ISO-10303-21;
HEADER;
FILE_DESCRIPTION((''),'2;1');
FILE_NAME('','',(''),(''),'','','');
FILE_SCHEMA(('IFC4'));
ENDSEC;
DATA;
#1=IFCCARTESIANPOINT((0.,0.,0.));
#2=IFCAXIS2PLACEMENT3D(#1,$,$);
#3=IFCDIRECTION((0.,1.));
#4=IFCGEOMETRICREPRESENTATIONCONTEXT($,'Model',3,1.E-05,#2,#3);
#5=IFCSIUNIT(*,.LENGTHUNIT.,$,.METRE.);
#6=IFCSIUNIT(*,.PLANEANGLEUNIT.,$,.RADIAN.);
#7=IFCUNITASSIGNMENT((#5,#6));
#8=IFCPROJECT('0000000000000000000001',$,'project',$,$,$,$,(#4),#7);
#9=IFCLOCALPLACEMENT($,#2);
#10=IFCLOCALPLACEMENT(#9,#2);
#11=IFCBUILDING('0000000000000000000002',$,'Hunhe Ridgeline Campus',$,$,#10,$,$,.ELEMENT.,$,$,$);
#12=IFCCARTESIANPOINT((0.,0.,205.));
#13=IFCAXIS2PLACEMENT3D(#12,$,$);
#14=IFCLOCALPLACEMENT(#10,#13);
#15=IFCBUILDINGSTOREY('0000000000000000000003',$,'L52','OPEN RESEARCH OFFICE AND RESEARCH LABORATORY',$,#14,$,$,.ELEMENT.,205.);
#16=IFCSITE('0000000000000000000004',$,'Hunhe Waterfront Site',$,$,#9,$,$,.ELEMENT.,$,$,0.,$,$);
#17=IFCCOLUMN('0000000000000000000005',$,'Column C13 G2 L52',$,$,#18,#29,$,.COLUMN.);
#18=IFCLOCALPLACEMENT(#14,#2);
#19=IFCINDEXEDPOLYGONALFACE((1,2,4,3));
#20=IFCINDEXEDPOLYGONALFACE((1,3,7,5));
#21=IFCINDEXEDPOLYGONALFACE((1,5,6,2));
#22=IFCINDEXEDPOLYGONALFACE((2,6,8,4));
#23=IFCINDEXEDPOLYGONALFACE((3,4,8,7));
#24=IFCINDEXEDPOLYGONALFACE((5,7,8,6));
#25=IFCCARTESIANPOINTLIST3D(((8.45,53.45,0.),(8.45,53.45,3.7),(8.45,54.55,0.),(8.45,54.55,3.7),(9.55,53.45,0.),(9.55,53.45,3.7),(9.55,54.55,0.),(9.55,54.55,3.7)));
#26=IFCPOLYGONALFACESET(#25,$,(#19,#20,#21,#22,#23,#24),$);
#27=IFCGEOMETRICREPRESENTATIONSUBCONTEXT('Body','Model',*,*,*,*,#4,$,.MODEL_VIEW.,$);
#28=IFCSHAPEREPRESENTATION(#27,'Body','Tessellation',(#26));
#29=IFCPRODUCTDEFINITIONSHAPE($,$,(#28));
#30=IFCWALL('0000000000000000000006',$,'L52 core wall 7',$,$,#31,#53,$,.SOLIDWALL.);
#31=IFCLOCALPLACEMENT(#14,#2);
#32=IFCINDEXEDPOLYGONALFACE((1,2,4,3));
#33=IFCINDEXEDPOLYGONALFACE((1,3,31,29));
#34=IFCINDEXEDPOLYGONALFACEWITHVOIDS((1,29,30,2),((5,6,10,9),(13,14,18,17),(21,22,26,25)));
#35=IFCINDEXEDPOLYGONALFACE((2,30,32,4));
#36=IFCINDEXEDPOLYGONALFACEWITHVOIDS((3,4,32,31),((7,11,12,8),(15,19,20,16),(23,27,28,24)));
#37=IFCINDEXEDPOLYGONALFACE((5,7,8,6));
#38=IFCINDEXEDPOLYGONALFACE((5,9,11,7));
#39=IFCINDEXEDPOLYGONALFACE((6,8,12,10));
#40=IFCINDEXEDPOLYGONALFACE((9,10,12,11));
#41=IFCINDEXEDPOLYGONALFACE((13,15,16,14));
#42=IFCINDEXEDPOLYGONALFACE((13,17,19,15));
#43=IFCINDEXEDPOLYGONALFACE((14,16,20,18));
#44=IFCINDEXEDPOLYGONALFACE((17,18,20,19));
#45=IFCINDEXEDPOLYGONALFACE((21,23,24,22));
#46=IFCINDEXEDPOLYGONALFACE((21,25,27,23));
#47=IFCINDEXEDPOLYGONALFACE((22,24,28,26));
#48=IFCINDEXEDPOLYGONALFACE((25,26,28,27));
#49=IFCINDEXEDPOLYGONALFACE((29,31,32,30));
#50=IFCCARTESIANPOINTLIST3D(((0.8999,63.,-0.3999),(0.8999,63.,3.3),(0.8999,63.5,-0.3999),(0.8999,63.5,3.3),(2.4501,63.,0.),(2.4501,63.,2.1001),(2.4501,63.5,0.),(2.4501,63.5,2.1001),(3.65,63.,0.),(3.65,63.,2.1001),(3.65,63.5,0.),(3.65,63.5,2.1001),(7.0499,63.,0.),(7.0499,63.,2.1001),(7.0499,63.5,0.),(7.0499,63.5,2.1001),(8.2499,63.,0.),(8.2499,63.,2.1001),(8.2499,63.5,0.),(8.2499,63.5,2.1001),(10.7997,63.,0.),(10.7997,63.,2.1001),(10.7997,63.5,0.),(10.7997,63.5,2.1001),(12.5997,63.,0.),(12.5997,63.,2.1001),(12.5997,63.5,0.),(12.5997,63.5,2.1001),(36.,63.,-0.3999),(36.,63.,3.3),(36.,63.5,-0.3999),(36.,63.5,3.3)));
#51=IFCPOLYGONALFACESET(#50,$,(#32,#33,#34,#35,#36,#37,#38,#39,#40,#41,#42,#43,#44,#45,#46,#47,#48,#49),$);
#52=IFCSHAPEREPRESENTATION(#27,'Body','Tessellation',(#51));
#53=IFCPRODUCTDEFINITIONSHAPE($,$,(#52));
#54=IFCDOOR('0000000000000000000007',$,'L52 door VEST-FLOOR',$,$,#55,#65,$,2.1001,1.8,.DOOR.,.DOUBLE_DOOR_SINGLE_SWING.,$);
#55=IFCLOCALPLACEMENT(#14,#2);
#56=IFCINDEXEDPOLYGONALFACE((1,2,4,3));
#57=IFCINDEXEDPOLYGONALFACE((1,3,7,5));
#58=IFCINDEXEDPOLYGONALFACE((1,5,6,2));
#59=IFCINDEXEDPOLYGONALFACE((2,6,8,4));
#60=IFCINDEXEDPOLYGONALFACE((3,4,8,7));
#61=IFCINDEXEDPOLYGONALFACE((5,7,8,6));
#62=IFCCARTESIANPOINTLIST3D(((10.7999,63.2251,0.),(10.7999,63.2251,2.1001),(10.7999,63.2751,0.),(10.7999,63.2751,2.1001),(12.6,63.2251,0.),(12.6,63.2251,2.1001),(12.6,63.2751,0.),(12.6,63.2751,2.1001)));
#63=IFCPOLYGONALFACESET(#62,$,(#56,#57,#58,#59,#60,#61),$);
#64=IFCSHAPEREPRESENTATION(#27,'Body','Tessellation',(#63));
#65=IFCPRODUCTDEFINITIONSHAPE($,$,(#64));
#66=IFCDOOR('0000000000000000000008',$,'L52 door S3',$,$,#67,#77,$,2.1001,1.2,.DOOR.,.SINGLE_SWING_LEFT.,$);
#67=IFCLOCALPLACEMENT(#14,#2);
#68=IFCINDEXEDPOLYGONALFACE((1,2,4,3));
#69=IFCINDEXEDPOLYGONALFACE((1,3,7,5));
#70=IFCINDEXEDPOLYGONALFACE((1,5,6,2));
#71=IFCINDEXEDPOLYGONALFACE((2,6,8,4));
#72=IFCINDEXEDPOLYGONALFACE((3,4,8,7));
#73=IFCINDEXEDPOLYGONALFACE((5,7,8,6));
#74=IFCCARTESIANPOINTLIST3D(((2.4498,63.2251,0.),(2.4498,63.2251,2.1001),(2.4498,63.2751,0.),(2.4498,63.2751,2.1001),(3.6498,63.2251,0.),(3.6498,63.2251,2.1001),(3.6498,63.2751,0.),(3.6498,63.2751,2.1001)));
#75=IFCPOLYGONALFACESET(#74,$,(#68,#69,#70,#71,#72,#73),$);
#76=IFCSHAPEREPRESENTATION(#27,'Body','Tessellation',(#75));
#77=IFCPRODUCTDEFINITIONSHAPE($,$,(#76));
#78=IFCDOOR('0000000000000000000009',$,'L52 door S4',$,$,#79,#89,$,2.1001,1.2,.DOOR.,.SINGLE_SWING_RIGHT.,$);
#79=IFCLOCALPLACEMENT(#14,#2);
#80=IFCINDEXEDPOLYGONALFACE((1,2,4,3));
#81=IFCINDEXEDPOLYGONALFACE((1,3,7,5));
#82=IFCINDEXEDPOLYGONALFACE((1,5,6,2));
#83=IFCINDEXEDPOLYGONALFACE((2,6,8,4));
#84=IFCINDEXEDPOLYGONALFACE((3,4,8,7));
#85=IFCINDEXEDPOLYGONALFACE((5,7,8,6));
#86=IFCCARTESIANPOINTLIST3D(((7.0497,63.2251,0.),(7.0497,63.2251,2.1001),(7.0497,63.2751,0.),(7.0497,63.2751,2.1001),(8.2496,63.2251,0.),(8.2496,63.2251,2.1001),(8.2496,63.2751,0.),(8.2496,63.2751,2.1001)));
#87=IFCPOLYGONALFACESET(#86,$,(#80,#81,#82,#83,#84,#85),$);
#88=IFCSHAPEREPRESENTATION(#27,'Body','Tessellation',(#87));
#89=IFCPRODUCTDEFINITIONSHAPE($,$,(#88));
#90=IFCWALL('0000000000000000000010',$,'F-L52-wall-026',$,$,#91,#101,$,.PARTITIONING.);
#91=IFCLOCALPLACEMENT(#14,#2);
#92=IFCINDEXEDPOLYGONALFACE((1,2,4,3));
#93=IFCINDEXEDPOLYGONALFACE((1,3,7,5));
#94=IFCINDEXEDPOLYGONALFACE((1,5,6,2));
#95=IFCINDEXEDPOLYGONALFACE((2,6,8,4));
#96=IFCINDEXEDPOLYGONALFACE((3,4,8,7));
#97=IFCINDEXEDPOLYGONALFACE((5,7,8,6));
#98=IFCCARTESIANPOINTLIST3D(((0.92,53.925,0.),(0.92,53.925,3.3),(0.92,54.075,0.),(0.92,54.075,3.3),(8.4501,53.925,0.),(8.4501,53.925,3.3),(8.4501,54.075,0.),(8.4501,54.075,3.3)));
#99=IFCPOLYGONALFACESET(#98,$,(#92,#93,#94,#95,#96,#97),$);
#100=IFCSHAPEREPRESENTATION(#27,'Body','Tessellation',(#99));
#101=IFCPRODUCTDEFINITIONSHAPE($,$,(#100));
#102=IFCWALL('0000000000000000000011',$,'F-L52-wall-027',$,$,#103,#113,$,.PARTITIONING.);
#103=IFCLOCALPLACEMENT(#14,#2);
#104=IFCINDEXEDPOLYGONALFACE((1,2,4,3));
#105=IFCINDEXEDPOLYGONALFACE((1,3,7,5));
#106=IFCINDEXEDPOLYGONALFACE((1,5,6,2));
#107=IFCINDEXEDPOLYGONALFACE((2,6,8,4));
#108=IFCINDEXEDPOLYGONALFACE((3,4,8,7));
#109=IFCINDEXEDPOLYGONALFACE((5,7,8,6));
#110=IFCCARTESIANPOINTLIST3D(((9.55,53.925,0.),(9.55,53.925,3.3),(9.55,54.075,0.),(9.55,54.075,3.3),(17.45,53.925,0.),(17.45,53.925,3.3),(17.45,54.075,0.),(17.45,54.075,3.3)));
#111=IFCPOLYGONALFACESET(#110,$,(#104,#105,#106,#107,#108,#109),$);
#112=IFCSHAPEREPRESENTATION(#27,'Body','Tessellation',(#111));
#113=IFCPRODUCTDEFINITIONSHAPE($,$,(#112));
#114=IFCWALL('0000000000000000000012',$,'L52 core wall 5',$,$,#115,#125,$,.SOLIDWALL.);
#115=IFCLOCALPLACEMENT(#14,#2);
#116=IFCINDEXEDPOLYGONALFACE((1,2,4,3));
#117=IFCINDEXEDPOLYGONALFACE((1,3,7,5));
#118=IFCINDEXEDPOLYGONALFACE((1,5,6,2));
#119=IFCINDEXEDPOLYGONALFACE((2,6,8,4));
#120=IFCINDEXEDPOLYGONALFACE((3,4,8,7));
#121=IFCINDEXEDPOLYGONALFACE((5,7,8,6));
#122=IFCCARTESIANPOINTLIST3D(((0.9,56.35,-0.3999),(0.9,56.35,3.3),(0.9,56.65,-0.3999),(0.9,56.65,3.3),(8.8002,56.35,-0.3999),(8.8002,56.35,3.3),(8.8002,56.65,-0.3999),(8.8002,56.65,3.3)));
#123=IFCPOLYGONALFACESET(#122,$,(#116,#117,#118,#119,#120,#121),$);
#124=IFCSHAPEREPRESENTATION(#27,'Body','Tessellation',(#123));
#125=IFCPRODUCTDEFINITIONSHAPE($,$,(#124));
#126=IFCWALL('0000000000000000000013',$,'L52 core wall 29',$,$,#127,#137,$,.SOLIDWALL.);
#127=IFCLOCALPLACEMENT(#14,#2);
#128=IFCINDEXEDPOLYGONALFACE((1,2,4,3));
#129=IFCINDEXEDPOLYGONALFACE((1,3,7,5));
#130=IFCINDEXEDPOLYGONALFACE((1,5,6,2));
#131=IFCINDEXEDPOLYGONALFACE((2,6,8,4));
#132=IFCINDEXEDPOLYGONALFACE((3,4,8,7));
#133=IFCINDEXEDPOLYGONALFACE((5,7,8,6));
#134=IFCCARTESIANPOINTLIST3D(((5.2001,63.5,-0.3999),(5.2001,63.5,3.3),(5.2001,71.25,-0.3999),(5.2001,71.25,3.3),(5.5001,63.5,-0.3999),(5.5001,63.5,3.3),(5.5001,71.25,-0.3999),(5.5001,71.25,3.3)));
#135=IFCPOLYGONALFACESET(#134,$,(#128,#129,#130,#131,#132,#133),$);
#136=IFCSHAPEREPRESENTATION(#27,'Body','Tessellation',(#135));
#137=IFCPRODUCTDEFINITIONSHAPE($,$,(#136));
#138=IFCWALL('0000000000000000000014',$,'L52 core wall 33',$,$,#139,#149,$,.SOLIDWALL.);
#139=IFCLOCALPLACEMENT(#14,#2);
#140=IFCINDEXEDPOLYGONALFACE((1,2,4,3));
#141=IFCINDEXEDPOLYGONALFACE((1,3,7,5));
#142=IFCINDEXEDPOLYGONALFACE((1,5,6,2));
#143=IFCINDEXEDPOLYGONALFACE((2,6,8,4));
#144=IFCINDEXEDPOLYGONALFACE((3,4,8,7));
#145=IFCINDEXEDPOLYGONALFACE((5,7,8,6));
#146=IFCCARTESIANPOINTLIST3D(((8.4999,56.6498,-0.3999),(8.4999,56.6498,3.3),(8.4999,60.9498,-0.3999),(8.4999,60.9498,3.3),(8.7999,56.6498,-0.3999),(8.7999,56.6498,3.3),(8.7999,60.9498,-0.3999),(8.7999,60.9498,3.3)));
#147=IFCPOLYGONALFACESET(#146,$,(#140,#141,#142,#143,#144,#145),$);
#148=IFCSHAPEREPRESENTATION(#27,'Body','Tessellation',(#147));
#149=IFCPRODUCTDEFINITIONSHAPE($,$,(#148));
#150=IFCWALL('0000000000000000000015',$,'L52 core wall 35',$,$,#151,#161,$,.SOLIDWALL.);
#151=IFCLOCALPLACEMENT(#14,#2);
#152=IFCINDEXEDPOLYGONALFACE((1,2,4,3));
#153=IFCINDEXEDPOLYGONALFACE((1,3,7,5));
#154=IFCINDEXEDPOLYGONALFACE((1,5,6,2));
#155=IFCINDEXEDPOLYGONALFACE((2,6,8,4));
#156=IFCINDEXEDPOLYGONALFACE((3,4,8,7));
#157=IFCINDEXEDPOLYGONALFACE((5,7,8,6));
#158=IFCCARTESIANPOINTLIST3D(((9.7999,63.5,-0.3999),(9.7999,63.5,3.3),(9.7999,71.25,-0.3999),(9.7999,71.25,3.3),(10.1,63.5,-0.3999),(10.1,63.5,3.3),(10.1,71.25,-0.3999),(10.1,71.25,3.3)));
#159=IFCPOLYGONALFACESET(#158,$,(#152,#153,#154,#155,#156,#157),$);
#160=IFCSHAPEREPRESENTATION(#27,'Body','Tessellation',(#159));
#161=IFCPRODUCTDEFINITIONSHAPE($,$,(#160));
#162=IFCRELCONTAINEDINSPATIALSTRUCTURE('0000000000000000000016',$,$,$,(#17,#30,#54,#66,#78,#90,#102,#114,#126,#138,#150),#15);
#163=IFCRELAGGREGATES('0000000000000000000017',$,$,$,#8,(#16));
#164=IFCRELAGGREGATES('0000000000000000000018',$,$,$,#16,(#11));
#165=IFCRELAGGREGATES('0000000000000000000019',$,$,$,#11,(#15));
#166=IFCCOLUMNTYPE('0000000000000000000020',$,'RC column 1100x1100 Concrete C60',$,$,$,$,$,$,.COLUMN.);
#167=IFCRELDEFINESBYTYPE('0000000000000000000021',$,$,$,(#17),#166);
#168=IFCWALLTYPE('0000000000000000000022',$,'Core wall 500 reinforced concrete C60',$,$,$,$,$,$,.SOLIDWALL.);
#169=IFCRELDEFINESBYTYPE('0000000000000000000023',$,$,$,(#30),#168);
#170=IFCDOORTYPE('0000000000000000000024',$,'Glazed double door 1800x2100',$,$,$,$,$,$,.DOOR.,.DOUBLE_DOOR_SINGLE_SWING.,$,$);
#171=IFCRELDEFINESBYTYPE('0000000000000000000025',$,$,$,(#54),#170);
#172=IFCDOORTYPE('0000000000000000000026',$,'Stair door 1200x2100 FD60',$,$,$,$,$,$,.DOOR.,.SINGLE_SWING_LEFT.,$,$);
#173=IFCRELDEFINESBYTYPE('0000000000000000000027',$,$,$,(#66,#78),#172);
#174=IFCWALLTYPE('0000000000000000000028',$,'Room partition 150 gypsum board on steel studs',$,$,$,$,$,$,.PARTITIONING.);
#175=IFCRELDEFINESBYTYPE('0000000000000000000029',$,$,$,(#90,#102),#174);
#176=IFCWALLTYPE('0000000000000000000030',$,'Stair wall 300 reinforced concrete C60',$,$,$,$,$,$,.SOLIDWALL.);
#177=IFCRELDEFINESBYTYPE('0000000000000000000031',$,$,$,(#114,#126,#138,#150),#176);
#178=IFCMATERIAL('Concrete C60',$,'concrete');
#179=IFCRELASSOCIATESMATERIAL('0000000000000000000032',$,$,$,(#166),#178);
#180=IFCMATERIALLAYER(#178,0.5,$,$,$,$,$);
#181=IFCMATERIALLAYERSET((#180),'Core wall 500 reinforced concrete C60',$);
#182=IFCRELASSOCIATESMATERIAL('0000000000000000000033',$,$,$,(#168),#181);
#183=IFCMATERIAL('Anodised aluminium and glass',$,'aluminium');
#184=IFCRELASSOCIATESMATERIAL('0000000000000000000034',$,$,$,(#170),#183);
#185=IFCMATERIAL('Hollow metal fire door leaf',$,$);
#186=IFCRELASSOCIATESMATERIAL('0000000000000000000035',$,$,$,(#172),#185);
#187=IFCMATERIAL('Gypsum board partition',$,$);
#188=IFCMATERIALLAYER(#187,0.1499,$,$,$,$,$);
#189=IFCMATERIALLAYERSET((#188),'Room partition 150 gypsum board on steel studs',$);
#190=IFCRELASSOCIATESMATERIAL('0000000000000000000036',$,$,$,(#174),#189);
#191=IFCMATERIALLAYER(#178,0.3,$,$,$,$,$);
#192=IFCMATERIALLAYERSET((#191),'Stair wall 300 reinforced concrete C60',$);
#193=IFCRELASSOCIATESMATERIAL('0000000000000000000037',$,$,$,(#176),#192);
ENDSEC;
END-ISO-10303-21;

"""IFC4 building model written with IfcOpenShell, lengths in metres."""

from ifc_helpers import new_model, si_unit, direction, frame, frame_2d, origin, origin_2d, place, context, subcontext, project, spatial, rectangle, extrude, material, layer, layer_set, material_profile, profile_set, type_object, element, fill, save


model = new_model("IFC4")

# Units and contexts
model_context = context("Model", 3, precision=1e-05, world=origin(), true_north=direction((0.0, 1.0)))
body_context = subcontext(model_context, "Body", "Model", "MODEL_VIEW")
ifc_project = project(units=[si_unit("LENGTHUNIT", "METRE"), si_unit("PLANEANGLEUNIT", "RADIAN")], contexts=[model_context])

# Site, building, storey
site_placement = place(None, origin())
site = spatial("IfcSite", under=ifc_project, at=site_placement, Name="Hunhe Waterfront Site", CompositionType="ELEMENT", RefElevation=0.0)
building_placement = place(site_placement, origin())
building = spatial("IfcBuilding", under=site, at=building_placement, Name="Hunhe Ridgeline Campus", CompositionType="ELEMENT")
storey_placement = place(building_placement, frame((0.0, 0.0, 205.0)))
storey = spatial("IfcBuildingStorey", under=building, at=storey_placement, Name="L52", Description="OPEN RESEARCH OFFICE AND RESEARCH LABORATORY", CompositionType="ELEMENT", Elevation=205.0)

# Column
ifc_material_1 = material(Name="Concrete C60", Category="concrete")
ifc_material_profile = material_profile(ifc_material_1, rectangle(XDim=1.1001, YDim=1.1001, at=origin_2d()))
ifc_profile_set = profile_set([ifc_material_profile], Name="Concrete C60")
column_type = type_object("IfcColumnType", Name="RC column 1100x1100 Concrete C60", PredefinedType="COLUMN", material=ifc_profile_set)
column_placement = place(storey_placement, frame((9.0, 54.0, 0.0), z_axis=(0.0, 0.0, 1.0), x_axis=(1.0, 0.0, 0.0)))
element("IfcColumn", 1, at=column_placement, inside=storey, type_object=column_type, Name="Column C13 G2 L52", PredefinedType="COLUMN", context=body_context, shape_type="SweptSolid", body=[
    extrude(rectangle(XDim=1.1001, YDim=1.1001, at=origin_2d()), origin(), (0.0, 0.0, 1.0), 3.7),
])

# Wall, openings, doors
ifc_layer_1 = layer(ifc_material_1, 0.5)
ifc_layer_set_1 = layer_set([ifc_layer_1], Name="Core wall 500 reinforced concrete C60")
wall_type_1 = type_object("IfcWallType", Name="Core wall 500 reinforced concrete C60", PredefinedType="SOLIDWALL", material=ifc_layer_set_1)
wall_1_placement = place(storey_placement, frame((0.8999, 63.25, -0.3999), z_axis=(0.0, 0.0, 1.0), x_axis=(1.0, 0.0, 0.0)))
wall_1 = element("IfcWall", 2, at=wall_1_placement, inside=storey, type_object=wall_type_1, Name="L52 core wall 7", PredefinedType="SOLIDWALL", context=body_context, shape_type="SweptSolid", body=[
    extrude(rectangle(XDim=35.1001, YDim=0.5, at=frame_2d((17.55, 0.0))), origin(), (0.0, 0.0, 1.0), 3.7),
])
opening_1_placement = place(wall_1_placement, frame((9.8999, 0.0, 0.3999)))
opening_1 = element("IfcOpeningElement", 3, at=opening_1_placement, cuts=wall_1, PredefinedType="OPENING", context=body_context, shape_type="SweptSolid", body=[
    extrude(rectangle(XDim=1.8, YDim=2.1001, at=frame_2d((0.8999, 1.05))), frame((0.0, 0.25, 0.0), z_axis=(0.0, -1.0, 0.0), x_axis=(1.0, 0.0, 0.0)), (0.0, 0.0, 1.0), 0.5),
])
opening_2_placement = place(wall_1_placement, frame((1.55, 0.0, 0.3999)))
opening_2 = element("IfcOpeningElement", 4, at=opening_2_placement, cuts=wall_1, PredefinedType="OPENING", context=body_context, shape_type="SweptSolid", body=[
    extrude(rectangle(XDim=1.2, YDim=2.1001, at=frame_2d((0.6001, 1.05))), frame((0.0, 0.25, 0.0), z_axis=(0.0, -1.0, 0.0), x_axis=(1.0, 0.0, 0.0)), (0.0, 0.0, 1.0), 0.5),
])
opening_3_placement = place(wall_1_placement, frame((6.1499, 0.0, 0.3999)))
opening_3 = element("IfcOpeningElement", 5, at=opening_3_placement, cuts=wall_1, PredefinedType="OPENING", context=body_context, shape_type="SweptSolid", body=[
    extrude(rectangle(XDim=1.2, YDim=2.1001, at=frame_2d((0.6001, 1.05))), frame((0.0, 0.25, 0.0), z_axis=(0.0, -1.0, 0.0), x_axis=(1.0, 0.0, 0.0)), (0.0, 0.0, 1.0), 0.5),
])
ifc_material_2 = material(Name="Anodised aluminium and glass", Category="aluminium")
door_type_1 = type_object("IfcDoorType", Name="Glazed double door 1800x2100", OperationType="DOUBLE_DOOR_SINGLE_SWING", PredefinedType="DOOR", material=ifc_material_2)
door_1_placement = place(opening_1_placement, frame((1.8, 0.0, 0.0), z_axis=(0.0, 0.0, 1.0), x_axis=(-1.0, 0.0, 0.0)))
door_1 = element("IfcDoor", 6, at=door_1_placement, inside=storey, type_object=door_type_1, Name="L52 door VEST-FLOOR", OperationType="DOUBLE_DOOR_SINGLE_SWING", OverallHeight=2.1001, OverallWidth=1.8, PredefinedType="DOOR", context=body_context, shape_type="SweptSolid", body=[
    extrude(rectangle(XDim=1.8, YDim=2.1001, at=frame_2d((0.8999, 1.05))), frame((0.0, 0.0249, 0.0), z_axis=(0.0, -1.0, 0.0), x_axis=(1.0, 0.0, 0.0)), (0.0, 0.0, 1.0), 0.05),
])
fill(opening_1, door_1)
ifc_material_3 = material(Name="Hollow metal fire door leaf")
door_type_2 = type_object("IfcDoorType", Name="Stair door 1200x2100 FD60", OperationType="SINGLE_SWING_LEFT", PredefinedType="DOOR", material=ifc_material_3)
door_2_placement = place(opening_2_placement, frame((1.2, 0.0, 0.0), z_axis=(0.0, 0.0, 1.0), x_axis=(-1.0, 0.0, 0.0)))
door_2 = element("IfcDoor", 7, at=door_2_placement, inside=storey, type_object=door_type_2, Name="L52 door S3", OperationType="SINGLE_SWING_LEFT", OverallHeight=2.1001, OverallWidth=1.2, PredefinedType="DOOR", context=body_context, shape_type="SweptSolid", body=[
    extrude(rectangle(XDim=1.2, YDim=2.1001, at=frame_2d((0.6001, 1.05))), frame((0.0, 0.0249, 0.0), z_axis=(0.0, -1.0, 0.0), x_axis=(1.0, 0.0, 0.0)), (0.0, 0.0, 1.0), 0.05),
])
fill(opening_2, door_2)
door_3_placement = place(opening_3_placement, frame((1.2, 0.0, 0.0), z_axis=(0.0, 0.0, 1.0), x_axis=(-1.0, 0.0, 0.0)))
door_3 = element("IfcDoor", 8, at=door_3_placement, inside=storey, type_object=door_type_2, Name="L52 door S4", OperationType="SINGLE_SWING_RIGHT", OverallHeight=2.1001, OverallWidth=1.2, PredefinedType="DOOR", context=body_context, shape_type="SweptSolid", body=[
    extrude(rectangle(XDim=1.2, YDim=2.1001, at=frame_2d((0.6001, 1.05))), frame((0.0, 0.0249, 0.0), z_axis=(0.0, -1.0, 0.0), x_axis=(1.0, 0.0, 0.0)), (0.0, 0.0, 1.0), 0.05),
])
fill(opening_3, door_3)

# Walls
ifc_material_4 = material(Name="Gypsum board partition")
ifc_layer_2 = layer(ifc_material_4, 0.1499)
ifc_layer_set_2 = layer_set([ifc_layer_2], Name="Room partition 150 gypsum board on steel studs")
wall_type_2 = type_object("IfcWallType", Name="Room partition 150 gypsum board on steel studs", PredefinedType="PARTITIONING", material=ifc_layer_set_2)
wall_2_placement = place(storey_placement, frame((0.9199, 54.0, 0.0), z_axis=(0.0, 0.0, 1.0), x_axis=(1.0, 0.0, 0.0)))
element("IfcWall", 9, at=wall_2_placement, inside=storey, type_object=wall_type_2, Name="F-L52-wall-026", PredefinedType="PARTITIONING", context=body_context, shape_type="SweptSolid", body=[
    extrude(rectangle(XDim=7.53, YDim=0.1499, at=frame_2d((3.7651, 0.0))), origin(), (0.0, 0.0, 1.0), 3.3),
])
wall_3_placement = place(storey_placement, frame((9.55, 54.0, 0.0), z_axis=(0.0, 0.0, 1.0), x_axis=(1.0, 0.0, 0.0)))
element("IfcWall", 10, at=wall_3_placement, inside=storey, type_object=wall_type_2, Name="F-L52-wall-027", PredefinedType="PARTITIONING", context=body_context, shape_type="SweptSolid", body=[
    extrude(rectangle(XDim=7.8999, YDim=0.1499, at=frame_2d((3.95, 0.0))), origin(), (0.0, 0.0, 1.0), 3.3),
])
ifc_layer_3 = layer(ifc_material_1, 0.3)
ifc_layer_set_3 = layer_set([ifc_layer_3], Name="Stair wall 300 reinforced concrete C60")
wall_type_3 = type_object("IfcWallType", Name="Stair wall 300 reinforced concrete C60", PredefinedType="SOLIDWALL", material=ifc_layer_set_3)
wall_4_placement = place(storey_placement, frame((0.8999, 56.5, -0.3999), z_axis=(0.0, 0.0, 1.0), x_axis=(1.0, 0.0, 0.0)))
element("IfcWall", 11, at=wall_4_placement, inside=storey, type_object=wall_type_3, Name="L52 core wall 5", PredefinedType="SOLIDWALL", context=body_context, shape_type="SweptSolid", body=[
    extrude(rectangle(XDim=7.9001, YDim=0.3, at=frame_2d((3.9502, 0.0))), origin(), (0.0, 0.0, 1.0), 3.7),
])

# Walls
wall_5_placement = place(storey_placement, frame((5.3501, 63.5, -0.3999), z_axis=(0.0, 0.0, 1.0), x_axis=(0.0, 1.0, 0.0)))
element("IfcWall", 12, at=wall_5_placement, inside=storey, type_object=wall_type_3, Name="L52 core wall 29", PredefinedType="SOLIDWALL", context=body_context, shape_type="SweptSolid", body=[
    extrude(rectangle(XDim=7.75, YDim=0.3, at=frame_2d((3.875, 0.0))), origin(), (0.0, 0.0, 1.0), 3.7),
])
wall_6_placement = place(storey_placement, frame((8.6499, 56.6499, -0.3999), z_axis=(0.0, 0.0, 1.0), x_axis=(0.0, 1.0, 0.0)))
element("IfcWall", 13, at=wall_6_placement, inside=storey, type_object=wall_type_3, Name="L52 core wall 33", PredefinedType="SOLIDWALL", context=body_context, shape_type="SweptSolid", body=[
    extrude(rectangle(XDim=4.3, YDim=0.3, at=frame_2d((2.1499, 0.0))), origin(), (0.0, 0.0, 1.0), 3.7),
])
wall_7_placement = place(storey_placement, frame((9.95, 63.5, -0.3999), z_axis=(0.0, 0.0, 1.0), x_axis=(0.0, 1.0, 0.0)))
element("IfcWall", 14, at=wall_7_placement, inside=storey, type_object=wall_type_3, Name="L52 core wall 35", PredefinedType="SOLIDWALL", context=body_context, shape_type="SweptSolid", body=[
    extrude(rectangle(XDim=7.75, YDim=0.3, at=frame_2d((3.875, 0.0))), origin(), (0.0, 0.0, 1.0), 3.7),
])

save(model, "model.ifc")
